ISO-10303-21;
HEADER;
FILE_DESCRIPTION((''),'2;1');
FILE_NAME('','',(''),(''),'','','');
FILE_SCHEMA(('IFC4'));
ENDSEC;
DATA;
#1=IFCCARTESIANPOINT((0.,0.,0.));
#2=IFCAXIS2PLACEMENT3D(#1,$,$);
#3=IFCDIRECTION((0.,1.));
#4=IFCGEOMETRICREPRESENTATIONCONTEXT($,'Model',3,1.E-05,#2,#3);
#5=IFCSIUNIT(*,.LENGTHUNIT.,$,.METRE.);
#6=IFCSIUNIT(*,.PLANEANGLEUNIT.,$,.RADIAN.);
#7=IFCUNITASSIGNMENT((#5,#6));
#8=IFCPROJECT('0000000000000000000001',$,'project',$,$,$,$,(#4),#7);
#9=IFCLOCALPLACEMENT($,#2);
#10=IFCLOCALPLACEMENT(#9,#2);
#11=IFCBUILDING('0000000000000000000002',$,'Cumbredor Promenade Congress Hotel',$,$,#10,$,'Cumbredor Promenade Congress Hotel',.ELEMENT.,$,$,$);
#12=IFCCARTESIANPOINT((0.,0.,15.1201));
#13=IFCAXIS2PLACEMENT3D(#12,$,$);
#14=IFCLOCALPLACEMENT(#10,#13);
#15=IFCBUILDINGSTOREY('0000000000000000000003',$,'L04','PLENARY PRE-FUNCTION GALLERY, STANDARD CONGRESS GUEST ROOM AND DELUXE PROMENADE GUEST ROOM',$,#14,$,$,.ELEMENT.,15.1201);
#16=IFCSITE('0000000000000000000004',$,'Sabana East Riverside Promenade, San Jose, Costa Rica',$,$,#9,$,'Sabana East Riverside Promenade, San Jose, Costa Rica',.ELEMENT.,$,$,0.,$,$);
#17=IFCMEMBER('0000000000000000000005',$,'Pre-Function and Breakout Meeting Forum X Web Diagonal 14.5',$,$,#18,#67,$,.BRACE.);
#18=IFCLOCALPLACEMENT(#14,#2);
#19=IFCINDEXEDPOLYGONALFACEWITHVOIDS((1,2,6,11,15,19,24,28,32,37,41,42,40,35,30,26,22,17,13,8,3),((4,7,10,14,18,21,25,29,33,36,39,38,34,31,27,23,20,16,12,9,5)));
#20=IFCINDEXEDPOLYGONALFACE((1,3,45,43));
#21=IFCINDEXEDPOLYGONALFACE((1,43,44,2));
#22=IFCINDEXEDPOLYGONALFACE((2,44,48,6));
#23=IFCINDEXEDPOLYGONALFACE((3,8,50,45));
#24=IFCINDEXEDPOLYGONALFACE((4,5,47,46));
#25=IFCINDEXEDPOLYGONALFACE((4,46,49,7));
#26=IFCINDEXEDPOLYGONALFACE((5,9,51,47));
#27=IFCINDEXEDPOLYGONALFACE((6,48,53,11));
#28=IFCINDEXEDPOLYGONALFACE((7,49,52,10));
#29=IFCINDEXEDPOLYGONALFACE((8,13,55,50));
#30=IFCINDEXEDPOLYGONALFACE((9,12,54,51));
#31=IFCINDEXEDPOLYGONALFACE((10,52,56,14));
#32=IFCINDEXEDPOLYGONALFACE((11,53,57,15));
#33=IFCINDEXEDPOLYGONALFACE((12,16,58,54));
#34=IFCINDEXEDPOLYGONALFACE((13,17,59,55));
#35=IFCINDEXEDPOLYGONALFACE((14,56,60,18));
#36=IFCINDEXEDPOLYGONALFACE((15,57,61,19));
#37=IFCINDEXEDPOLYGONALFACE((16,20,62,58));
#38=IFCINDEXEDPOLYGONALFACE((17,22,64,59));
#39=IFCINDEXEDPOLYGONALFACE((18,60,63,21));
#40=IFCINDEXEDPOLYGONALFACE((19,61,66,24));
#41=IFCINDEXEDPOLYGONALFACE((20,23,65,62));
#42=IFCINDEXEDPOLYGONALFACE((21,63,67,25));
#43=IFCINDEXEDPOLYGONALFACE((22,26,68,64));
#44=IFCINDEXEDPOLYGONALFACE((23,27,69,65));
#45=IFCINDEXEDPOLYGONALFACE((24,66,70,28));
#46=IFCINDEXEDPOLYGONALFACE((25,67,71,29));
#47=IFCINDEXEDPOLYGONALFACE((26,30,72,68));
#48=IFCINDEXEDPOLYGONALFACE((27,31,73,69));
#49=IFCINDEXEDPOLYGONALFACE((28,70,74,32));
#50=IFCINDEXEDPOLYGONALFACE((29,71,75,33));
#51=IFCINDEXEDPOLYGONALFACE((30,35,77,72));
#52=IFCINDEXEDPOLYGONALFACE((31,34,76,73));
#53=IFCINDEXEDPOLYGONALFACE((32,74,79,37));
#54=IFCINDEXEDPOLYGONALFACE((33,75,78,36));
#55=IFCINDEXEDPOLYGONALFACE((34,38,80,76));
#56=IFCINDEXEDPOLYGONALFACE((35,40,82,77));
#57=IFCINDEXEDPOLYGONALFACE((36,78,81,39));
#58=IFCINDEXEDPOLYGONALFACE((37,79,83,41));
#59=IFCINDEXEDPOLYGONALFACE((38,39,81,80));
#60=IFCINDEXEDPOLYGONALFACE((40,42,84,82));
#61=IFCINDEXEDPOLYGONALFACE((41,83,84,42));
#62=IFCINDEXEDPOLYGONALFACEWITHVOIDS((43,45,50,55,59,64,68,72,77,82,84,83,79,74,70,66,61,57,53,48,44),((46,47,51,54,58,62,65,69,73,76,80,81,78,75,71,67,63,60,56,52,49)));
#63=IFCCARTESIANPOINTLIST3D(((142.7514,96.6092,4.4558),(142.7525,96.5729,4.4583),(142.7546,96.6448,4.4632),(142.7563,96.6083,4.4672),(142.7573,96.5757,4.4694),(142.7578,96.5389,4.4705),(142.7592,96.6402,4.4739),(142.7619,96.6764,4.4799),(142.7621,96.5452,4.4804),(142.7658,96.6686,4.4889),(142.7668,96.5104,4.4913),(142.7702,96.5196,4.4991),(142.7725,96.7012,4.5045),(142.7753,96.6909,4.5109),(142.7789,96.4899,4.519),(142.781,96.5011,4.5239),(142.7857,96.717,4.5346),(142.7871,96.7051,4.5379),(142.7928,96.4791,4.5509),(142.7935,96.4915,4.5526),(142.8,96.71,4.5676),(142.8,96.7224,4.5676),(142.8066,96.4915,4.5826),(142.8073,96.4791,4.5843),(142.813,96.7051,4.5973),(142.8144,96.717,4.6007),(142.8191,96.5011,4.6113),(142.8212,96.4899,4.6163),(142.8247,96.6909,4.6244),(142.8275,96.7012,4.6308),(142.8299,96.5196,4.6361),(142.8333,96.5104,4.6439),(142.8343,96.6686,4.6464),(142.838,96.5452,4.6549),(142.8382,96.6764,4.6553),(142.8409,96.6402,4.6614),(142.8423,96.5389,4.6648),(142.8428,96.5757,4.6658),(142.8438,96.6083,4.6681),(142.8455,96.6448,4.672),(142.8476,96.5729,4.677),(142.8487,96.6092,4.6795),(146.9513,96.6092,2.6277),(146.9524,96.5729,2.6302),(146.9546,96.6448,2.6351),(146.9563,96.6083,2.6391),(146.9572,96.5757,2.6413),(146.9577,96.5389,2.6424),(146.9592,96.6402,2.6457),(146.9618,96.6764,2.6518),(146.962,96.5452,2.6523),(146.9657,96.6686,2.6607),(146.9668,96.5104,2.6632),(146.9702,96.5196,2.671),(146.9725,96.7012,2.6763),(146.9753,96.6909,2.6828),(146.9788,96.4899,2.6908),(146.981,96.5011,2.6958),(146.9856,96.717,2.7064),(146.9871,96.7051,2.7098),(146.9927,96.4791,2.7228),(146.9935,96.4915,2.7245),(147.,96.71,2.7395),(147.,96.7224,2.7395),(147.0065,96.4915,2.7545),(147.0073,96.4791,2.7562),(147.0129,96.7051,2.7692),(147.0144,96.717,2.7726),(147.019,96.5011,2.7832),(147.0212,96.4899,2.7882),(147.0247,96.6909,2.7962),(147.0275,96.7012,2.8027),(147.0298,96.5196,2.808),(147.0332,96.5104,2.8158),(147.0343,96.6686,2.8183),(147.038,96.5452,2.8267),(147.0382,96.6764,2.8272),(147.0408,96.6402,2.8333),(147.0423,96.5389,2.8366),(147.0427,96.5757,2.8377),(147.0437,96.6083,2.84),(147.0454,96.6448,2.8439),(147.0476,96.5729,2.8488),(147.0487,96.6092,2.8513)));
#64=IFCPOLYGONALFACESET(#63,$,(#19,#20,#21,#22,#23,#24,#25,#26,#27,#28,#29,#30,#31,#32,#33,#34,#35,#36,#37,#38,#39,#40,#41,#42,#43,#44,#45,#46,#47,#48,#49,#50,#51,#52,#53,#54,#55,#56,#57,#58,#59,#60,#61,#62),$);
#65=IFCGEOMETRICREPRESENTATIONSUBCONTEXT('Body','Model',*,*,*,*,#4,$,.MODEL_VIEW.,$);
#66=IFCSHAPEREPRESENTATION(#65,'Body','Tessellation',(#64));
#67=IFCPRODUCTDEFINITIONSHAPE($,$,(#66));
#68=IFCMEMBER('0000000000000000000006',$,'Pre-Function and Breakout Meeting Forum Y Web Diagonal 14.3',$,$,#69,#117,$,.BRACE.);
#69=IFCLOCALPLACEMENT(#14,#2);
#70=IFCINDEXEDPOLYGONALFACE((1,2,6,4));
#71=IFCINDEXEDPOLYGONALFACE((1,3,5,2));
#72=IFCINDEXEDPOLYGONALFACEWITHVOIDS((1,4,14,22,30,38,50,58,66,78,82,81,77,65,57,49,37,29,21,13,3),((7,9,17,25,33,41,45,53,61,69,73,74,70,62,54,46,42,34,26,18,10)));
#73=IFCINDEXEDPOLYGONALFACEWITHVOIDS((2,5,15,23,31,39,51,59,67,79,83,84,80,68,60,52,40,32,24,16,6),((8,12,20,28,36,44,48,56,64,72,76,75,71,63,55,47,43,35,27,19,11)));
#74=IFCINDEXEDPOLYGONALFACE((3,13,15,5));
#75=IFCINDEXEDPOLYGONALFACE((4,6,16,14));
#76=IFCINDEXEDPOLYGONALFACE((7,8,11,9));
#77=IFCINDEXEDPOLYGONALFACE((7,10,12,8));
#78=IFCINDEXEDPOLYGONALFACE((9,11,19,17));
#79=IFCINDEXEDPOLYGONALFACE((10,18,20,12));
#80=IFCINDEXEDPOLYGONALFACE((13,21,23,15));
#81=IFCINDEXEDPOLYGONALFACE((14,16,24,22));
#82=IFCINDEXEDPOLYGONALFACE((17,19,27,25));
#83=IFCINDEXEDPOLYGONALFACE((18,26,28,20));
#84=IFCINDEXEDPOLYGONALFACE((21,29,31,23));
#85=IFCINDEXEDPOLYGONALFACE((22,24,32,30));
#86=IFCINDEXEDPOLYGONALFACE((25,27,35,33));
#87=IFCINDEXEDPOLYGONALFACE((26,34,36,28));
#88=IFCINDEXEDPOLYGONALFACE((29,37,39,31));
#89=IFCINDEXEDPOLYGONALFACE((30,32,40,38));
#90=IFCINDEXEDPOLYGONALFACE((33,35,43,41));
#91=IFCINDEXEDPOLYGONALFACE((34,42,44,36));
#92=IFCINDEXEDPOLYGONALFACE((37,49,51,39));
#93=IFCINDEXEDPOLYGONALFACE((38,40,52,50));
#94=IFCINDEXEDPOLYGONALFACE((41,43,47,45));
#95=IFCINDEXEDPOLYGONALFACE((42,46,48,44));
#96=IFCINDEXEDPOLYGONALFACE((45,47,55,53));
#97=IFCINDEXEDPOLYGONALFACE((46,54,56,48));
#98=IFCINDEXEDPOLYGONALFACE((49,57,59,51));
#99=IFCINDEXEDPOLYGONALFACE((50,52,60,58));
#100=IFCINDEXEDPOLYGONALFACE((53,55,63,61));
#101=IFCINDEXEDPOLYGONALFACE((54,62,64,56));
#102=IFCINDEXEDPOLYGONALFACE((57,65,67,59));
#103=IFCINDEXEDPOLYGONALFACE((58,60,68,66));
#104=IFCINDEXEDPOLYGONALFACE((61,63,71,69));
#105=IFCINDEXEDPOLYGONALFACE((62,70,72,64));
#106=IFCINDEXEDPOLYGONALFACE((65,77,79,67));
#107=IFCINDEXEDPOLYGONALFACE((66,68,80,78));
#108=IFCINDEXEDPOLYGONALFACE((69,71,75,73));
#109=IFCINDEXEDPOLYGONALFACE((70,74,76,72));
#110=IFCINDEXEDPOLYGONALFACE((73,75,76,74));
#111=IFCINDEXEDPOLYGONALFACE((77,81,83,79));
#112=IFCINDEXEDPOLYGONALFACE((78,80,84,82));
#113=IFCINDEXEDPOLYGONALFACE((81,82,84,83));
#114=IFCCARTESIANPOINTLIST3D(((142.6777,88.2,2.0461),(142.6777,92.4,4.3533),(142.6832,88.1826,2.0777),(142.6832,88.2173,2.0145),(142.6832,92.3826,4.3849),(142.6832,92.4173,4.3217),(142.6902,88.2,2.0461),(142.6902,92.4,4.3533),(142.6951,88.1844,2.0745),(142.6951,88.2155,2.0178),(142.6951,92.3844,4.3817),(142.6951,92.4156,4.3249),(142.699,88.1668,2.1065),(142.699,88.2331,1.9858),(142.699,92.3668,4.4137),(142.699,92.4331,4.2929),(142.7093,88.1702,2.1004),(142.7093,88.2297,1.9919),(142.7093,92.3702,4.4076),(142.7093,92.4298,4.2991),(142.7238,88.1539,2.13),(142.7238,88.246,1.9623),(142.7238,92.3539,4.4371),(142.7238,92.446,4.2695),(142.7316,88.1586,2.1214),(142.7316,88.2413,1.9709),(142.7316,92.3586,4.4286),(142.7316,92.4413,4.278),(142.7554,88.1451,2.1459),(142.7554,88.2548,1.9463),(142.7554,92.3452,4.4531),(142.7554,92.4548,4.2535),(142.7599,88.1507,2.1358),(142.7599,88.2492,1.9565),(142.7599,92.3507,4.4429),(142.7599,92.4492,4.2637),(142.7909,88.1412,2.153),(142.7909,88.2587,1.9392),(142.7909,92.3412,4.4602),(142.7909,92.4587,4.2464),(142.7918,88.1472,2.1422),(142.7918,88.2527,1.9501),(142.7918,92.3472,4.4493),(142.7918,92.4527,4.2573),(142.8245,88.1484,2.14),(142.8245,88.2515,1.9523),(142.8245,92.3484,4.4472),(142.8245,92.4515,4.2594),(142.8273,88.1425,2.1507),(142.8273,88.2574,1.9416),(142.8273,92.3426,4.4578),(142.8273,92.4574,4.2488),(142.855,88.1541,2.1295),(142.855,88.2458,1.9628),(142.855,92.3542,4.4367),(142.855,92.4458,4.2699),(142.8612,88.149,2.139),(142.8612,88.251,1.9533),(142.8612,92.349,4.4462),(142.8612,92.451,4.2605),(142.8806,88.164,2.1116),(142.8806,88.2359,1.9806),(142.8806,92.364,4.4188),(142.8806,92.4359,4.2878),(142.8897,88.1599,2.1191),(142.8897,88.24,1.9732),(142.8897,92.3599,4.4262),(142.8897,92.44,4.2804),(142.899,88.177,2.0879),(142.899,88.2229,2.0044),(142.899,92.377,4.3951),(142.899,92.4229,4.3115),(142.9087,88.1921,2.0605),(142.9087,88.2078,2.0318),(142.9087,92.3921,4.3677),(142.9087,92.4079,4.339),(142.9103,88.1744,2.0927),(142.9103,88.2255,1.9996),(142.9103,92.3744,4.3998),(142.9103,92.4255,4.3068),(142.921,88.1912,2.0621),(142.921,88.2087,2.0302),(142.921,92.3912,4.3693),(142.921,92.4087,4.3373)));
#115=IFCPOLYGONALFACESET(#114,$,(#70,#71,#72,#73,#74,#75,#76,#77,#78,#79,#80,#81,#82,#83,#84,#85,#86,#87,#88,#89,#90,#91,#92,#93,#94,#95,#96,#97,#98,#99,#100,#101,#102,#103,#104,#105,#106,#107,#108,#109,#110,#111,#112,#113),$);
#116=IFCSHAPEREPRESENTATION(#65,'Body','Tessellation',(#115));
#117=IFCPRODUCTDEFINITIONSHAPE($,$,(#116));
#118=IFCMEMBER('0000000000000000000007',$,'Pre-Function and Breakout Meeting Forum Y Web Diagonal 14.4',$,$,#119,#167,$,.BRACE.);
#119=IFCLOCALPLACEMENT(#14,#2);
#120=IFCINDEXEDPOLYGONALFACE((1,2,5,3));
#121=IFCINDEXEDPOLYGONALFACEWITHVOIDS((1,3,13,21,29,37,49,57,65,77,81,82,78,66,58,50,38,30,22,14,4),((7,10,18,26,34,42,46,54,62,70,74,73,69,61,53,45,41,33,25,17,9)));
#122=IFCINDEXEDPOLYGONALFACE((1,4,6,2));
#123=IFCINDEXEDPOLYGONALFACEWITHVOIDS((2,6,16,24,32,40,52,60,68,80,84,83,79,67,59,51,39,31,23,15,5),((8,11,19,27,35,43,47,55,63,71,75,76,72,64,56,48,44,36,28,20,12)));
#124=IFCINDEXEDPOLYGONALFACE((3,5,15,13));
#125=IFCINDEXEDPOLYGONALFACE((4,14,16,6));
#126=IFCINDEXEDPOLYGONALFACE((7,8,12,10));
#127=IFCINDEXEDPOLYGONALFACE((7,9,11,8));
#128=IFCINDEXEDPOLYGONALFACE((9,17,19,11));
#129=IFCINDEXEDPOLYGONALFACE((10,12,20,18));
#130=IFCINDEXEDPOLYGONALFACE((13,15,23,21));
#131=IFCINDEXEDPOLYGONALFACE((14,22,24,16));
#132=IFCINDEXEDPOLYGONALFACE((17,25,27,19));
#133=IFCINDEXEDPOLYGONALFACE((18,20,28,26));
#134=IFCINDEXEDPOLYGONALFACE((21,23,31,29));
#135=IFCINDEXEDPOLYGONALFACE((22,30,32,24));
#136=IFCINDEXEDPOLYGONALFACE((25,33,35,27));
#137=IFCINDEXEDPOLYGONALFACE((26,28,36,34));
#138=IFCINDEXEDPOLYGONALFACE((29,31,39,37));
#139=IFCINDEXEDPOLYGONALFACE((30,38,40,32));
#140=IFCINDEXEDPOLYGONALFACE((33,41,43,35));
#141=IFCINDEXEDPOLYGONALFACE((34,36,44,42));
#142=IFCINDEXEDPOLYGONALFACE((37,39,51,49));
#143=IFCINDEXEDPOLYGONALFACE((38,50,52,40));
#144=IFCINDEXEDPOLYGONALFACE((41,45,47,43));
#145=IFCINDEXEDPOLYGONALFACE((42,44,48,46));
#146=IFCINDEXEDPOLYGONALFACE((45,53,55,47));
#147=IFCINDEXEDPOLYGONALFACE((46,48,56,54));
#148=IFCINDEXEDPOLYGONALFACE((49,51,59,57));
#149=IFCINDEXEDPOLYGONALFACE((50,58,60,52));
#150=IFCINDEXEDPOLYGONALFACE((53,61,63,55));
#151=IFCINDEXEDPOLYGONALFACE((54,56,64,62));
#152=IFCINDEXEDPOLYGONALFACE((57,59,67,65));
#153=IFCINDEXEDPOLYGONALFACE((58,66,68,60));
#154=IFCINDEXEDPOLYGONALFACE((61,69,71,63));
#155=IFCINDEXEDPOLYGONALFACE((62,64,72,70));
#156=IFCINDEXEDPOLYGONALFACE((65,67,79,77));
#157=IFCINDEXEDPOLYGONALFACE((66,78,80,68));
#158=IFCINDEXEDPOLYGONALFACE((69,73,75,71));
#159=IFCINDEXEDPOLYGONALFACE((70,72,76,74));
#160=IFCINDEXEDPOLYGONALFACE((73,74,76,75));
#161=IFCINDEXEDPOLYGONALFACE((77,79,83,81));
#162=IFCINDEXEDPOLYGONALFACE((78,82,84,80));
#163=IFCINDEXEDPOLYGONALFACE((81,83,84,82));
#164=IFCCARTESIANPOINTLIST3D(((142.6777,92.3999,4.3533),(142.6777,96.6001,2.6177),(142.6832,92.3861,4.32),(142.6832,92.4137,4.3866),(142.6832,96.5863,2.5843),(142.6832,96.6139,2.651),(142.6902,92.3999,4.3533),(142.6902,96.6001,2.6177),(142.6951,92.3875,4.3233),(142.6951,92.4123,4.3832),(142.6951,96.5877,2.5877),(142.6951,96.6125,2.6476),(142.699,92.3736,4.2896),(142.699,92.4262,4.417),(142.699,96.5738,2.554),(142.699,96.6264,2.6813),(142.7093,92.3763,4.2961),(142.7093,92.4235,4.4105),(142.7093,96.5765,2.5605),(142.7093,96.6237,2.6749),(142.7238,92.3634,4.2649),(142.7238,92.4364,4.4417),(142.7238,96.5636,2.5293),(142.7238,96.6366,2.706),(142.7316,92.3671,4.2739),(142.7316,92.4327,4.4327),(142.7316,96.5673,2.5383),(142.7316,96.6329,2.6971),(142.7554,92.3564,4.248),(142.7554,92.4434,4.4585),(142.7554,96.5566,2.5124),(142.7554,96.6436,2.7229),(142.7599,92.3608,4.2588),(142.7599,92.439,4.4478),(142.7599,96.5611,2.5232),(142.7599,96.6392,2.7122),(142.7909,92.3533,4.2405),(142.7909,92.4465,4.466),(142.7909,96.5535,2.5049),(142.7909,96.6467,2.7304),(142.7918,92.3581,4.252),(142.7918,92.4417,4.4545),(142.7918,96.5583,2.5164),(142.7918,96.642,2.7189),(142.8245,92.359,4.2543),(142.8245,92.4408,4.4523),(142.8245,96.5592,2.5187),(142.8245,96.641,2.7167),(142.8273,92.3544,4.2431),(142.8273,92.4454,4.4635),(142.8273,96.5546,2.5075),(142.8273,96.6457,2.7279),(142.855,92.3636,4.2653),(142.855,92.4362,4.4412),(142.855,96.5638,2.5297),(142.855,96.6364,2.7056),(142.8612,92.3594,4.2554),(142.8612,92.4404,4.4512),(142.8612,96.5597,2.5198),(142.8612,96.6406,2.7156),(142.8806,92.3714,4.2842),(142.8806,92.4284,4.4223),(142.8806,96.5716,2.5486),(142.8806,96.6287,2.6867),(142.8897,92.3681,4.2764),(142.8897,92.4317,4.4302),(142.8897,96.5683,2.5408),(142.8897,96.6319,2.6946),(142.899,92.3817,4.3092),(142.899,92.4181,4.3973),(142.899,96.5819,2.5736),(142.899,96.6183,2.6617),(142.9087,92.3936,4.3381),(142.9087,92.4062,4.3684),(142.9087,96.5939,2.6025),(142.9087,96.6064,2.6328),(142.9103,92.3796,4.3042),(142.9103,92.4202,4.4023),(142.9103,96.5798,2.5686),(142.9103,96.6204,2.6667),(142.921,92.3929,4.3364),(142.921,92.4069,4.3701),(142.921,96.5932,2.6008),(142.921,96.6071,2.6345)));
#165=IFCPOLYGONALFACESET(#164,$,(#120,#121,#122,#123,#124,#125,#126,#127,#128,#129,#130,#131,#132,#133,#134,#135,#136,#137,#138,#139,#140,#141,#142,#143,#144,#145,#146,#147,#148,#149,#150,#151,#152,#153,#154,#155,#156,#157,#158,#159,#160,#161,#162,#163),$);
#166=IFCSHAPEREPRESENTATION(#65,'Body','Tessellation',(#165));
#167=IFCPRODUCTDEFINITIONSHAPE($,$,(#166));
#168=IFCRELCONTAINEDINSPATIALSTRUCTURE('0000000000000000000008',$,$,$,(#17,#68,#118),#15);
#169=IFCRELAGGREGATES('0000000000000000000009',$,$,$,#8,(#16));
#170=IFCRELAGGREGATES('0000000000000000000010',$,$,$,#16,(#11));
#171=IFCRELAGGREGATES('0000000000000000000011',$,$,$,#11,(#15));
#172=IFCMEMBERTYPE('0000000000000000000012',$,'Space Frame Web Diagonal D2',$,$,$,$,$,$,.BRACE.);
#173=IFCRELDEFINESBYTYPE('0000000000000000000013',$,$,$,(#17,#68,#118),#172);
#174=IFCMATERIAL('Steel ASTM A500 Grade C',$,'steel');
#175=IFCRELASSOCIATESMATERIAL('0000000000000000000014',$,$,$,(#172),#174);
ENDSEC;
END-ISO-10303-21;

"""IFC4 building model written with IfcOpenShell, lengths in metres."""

from ifc_helpers import new_model, si_unit, direction, frame, origin, origin_2d, place, context, subcontext, project, spatial, hollow_circle, extrude, material, material_profile, profile_set, type_object, element, save


model = new_model("IFC4")

# Units and contexts
model_context = context("Model", 3, precision=1e-05, world=origin(), true_north=direction((0.0, 1.0)))
body_context = subcontext(model_context, "Body", "Model", "MODEL_VIEW")
ifc_project = project(units=[si_unit("LENGTHUNIT", "METRE"), si_unit("PLANEANGLEUNIT", "RADIAN")], contexts=[model_context])

# Site, building, storey
site_placement = place(None, origin())
site = spatial("IfcSite", under=ifc_project, at=site_placement, Name="Sabana East Riverside Promenade, San Jose, Costa Rica", LongName="Sabana East Riverside Promenade, San Jose, Costa Rica", CompositionType="ELEMENT", RefElevation=0.0)
building_placement = place(site_placement, origin())
building = spatial("IfcBuilding", under=site, at=building_placement, Name="Cumbredor Promenade Congress Hotel", LongName="Cumbredor Promenade Congress Hotel", CompositionType="ELEMENT")
storey_placement = place(building_placement, frame((0.0, 0.0, 15.1201)))
storey = spatial("IfcBuildingStorey", under=building, at=storey_placement, Name="L04", Description="PLENARY PRE-FUNCTION GALLERY, STANDARD CONGRESS GUEST ROOM AND DELUXE PROMENADE GUEST ROOM", CompositionType="ELEMENT", Elevation=15.1201)

# Members
ifc_material_1 = material(Name="Steel ASTM A500 Grade C", Category="steel")
ifc_material_profile_1 = material_profile(ifc_material_1, hollow_circle(Radius=0.1223, WallThickness=0.0125, at=origin_2d()), Name="CHS 244.5x12.5")
ifc_profile_set_1 = profile_set([ifc_material_profile_1], Name="Steel ASTM A500 Grade C")
member_type_1 = type_object("IfcMemberType", Name="Space Frame Web Diagonal D2", PredefinedType="BRACE", material=ifc_profile_set_1)
member_1_placement = place(storey_placement, frame((142.8, 96.6001, 4.5676), z_axis=(0.916906, 0.0, -0.399104), x_axis=(0.0, 1.0, 0.0)))
element("IfcMember", 1, at=member_1_placement, inside=storey, type_object=member_type_1, Name="Pre-Function and Breakout Meeting Forum X Web Diagonal 14.5", PredefinedType="BRACE", context=body_context, shape_type="SweptSolid", body=[
    extrude(hollow_circle(Radius=0.1223, WallThickness=0.0125, at=origin_2d()), origin(), (0.0, 0.0, 1.0), 4.5806),
])
member_2_placement = place(storey_placement, frame((142.8, 88.2, 2.0461), z_axis=(0.0, 0.876466, 0.481463), x_axis=(-1.0, 0.0, 0.0)))
element("IfcMember", 2, at=member_2_placement, inside=storey, type_object=member_type_1, Name="Pre-Function and Breakout Meeting Forum Y Web Diagonal 14.3", PredefinedType="BRACE", context=body_context, shape_type="SweptSolid", body=[
    extrude(hollow_circle(Radius=0.1223, WallThickness=0.0125, at=origin_2d()), origin(), (0.0, 0.0, 1.0), 4.792),
])
member_3_placement = place(storey_placement, frame((142.8, 92.3999, 4.3533), z_axis=(0.0, 0.924205, -0.381898), x_axis=(-1.0, 0.0, 0.0)))
element("IfcMember", 3, at=member_3_placement, inside=storey, type_object=member_type_1, Name="Pre-Function and Breakout Meeting Forum Y Web Diagonal 14.4", PredefinedType="BRACE", context=body_context, shape_type="SweptSolid", body=[
    extrude(hollow_circle(Radius=0.1223, WallThickness=0.0125, at=origin_2d()), origin(), (0.0, 0.0, 1.0), 4.5447),
])

save(model, "model.ifc")
